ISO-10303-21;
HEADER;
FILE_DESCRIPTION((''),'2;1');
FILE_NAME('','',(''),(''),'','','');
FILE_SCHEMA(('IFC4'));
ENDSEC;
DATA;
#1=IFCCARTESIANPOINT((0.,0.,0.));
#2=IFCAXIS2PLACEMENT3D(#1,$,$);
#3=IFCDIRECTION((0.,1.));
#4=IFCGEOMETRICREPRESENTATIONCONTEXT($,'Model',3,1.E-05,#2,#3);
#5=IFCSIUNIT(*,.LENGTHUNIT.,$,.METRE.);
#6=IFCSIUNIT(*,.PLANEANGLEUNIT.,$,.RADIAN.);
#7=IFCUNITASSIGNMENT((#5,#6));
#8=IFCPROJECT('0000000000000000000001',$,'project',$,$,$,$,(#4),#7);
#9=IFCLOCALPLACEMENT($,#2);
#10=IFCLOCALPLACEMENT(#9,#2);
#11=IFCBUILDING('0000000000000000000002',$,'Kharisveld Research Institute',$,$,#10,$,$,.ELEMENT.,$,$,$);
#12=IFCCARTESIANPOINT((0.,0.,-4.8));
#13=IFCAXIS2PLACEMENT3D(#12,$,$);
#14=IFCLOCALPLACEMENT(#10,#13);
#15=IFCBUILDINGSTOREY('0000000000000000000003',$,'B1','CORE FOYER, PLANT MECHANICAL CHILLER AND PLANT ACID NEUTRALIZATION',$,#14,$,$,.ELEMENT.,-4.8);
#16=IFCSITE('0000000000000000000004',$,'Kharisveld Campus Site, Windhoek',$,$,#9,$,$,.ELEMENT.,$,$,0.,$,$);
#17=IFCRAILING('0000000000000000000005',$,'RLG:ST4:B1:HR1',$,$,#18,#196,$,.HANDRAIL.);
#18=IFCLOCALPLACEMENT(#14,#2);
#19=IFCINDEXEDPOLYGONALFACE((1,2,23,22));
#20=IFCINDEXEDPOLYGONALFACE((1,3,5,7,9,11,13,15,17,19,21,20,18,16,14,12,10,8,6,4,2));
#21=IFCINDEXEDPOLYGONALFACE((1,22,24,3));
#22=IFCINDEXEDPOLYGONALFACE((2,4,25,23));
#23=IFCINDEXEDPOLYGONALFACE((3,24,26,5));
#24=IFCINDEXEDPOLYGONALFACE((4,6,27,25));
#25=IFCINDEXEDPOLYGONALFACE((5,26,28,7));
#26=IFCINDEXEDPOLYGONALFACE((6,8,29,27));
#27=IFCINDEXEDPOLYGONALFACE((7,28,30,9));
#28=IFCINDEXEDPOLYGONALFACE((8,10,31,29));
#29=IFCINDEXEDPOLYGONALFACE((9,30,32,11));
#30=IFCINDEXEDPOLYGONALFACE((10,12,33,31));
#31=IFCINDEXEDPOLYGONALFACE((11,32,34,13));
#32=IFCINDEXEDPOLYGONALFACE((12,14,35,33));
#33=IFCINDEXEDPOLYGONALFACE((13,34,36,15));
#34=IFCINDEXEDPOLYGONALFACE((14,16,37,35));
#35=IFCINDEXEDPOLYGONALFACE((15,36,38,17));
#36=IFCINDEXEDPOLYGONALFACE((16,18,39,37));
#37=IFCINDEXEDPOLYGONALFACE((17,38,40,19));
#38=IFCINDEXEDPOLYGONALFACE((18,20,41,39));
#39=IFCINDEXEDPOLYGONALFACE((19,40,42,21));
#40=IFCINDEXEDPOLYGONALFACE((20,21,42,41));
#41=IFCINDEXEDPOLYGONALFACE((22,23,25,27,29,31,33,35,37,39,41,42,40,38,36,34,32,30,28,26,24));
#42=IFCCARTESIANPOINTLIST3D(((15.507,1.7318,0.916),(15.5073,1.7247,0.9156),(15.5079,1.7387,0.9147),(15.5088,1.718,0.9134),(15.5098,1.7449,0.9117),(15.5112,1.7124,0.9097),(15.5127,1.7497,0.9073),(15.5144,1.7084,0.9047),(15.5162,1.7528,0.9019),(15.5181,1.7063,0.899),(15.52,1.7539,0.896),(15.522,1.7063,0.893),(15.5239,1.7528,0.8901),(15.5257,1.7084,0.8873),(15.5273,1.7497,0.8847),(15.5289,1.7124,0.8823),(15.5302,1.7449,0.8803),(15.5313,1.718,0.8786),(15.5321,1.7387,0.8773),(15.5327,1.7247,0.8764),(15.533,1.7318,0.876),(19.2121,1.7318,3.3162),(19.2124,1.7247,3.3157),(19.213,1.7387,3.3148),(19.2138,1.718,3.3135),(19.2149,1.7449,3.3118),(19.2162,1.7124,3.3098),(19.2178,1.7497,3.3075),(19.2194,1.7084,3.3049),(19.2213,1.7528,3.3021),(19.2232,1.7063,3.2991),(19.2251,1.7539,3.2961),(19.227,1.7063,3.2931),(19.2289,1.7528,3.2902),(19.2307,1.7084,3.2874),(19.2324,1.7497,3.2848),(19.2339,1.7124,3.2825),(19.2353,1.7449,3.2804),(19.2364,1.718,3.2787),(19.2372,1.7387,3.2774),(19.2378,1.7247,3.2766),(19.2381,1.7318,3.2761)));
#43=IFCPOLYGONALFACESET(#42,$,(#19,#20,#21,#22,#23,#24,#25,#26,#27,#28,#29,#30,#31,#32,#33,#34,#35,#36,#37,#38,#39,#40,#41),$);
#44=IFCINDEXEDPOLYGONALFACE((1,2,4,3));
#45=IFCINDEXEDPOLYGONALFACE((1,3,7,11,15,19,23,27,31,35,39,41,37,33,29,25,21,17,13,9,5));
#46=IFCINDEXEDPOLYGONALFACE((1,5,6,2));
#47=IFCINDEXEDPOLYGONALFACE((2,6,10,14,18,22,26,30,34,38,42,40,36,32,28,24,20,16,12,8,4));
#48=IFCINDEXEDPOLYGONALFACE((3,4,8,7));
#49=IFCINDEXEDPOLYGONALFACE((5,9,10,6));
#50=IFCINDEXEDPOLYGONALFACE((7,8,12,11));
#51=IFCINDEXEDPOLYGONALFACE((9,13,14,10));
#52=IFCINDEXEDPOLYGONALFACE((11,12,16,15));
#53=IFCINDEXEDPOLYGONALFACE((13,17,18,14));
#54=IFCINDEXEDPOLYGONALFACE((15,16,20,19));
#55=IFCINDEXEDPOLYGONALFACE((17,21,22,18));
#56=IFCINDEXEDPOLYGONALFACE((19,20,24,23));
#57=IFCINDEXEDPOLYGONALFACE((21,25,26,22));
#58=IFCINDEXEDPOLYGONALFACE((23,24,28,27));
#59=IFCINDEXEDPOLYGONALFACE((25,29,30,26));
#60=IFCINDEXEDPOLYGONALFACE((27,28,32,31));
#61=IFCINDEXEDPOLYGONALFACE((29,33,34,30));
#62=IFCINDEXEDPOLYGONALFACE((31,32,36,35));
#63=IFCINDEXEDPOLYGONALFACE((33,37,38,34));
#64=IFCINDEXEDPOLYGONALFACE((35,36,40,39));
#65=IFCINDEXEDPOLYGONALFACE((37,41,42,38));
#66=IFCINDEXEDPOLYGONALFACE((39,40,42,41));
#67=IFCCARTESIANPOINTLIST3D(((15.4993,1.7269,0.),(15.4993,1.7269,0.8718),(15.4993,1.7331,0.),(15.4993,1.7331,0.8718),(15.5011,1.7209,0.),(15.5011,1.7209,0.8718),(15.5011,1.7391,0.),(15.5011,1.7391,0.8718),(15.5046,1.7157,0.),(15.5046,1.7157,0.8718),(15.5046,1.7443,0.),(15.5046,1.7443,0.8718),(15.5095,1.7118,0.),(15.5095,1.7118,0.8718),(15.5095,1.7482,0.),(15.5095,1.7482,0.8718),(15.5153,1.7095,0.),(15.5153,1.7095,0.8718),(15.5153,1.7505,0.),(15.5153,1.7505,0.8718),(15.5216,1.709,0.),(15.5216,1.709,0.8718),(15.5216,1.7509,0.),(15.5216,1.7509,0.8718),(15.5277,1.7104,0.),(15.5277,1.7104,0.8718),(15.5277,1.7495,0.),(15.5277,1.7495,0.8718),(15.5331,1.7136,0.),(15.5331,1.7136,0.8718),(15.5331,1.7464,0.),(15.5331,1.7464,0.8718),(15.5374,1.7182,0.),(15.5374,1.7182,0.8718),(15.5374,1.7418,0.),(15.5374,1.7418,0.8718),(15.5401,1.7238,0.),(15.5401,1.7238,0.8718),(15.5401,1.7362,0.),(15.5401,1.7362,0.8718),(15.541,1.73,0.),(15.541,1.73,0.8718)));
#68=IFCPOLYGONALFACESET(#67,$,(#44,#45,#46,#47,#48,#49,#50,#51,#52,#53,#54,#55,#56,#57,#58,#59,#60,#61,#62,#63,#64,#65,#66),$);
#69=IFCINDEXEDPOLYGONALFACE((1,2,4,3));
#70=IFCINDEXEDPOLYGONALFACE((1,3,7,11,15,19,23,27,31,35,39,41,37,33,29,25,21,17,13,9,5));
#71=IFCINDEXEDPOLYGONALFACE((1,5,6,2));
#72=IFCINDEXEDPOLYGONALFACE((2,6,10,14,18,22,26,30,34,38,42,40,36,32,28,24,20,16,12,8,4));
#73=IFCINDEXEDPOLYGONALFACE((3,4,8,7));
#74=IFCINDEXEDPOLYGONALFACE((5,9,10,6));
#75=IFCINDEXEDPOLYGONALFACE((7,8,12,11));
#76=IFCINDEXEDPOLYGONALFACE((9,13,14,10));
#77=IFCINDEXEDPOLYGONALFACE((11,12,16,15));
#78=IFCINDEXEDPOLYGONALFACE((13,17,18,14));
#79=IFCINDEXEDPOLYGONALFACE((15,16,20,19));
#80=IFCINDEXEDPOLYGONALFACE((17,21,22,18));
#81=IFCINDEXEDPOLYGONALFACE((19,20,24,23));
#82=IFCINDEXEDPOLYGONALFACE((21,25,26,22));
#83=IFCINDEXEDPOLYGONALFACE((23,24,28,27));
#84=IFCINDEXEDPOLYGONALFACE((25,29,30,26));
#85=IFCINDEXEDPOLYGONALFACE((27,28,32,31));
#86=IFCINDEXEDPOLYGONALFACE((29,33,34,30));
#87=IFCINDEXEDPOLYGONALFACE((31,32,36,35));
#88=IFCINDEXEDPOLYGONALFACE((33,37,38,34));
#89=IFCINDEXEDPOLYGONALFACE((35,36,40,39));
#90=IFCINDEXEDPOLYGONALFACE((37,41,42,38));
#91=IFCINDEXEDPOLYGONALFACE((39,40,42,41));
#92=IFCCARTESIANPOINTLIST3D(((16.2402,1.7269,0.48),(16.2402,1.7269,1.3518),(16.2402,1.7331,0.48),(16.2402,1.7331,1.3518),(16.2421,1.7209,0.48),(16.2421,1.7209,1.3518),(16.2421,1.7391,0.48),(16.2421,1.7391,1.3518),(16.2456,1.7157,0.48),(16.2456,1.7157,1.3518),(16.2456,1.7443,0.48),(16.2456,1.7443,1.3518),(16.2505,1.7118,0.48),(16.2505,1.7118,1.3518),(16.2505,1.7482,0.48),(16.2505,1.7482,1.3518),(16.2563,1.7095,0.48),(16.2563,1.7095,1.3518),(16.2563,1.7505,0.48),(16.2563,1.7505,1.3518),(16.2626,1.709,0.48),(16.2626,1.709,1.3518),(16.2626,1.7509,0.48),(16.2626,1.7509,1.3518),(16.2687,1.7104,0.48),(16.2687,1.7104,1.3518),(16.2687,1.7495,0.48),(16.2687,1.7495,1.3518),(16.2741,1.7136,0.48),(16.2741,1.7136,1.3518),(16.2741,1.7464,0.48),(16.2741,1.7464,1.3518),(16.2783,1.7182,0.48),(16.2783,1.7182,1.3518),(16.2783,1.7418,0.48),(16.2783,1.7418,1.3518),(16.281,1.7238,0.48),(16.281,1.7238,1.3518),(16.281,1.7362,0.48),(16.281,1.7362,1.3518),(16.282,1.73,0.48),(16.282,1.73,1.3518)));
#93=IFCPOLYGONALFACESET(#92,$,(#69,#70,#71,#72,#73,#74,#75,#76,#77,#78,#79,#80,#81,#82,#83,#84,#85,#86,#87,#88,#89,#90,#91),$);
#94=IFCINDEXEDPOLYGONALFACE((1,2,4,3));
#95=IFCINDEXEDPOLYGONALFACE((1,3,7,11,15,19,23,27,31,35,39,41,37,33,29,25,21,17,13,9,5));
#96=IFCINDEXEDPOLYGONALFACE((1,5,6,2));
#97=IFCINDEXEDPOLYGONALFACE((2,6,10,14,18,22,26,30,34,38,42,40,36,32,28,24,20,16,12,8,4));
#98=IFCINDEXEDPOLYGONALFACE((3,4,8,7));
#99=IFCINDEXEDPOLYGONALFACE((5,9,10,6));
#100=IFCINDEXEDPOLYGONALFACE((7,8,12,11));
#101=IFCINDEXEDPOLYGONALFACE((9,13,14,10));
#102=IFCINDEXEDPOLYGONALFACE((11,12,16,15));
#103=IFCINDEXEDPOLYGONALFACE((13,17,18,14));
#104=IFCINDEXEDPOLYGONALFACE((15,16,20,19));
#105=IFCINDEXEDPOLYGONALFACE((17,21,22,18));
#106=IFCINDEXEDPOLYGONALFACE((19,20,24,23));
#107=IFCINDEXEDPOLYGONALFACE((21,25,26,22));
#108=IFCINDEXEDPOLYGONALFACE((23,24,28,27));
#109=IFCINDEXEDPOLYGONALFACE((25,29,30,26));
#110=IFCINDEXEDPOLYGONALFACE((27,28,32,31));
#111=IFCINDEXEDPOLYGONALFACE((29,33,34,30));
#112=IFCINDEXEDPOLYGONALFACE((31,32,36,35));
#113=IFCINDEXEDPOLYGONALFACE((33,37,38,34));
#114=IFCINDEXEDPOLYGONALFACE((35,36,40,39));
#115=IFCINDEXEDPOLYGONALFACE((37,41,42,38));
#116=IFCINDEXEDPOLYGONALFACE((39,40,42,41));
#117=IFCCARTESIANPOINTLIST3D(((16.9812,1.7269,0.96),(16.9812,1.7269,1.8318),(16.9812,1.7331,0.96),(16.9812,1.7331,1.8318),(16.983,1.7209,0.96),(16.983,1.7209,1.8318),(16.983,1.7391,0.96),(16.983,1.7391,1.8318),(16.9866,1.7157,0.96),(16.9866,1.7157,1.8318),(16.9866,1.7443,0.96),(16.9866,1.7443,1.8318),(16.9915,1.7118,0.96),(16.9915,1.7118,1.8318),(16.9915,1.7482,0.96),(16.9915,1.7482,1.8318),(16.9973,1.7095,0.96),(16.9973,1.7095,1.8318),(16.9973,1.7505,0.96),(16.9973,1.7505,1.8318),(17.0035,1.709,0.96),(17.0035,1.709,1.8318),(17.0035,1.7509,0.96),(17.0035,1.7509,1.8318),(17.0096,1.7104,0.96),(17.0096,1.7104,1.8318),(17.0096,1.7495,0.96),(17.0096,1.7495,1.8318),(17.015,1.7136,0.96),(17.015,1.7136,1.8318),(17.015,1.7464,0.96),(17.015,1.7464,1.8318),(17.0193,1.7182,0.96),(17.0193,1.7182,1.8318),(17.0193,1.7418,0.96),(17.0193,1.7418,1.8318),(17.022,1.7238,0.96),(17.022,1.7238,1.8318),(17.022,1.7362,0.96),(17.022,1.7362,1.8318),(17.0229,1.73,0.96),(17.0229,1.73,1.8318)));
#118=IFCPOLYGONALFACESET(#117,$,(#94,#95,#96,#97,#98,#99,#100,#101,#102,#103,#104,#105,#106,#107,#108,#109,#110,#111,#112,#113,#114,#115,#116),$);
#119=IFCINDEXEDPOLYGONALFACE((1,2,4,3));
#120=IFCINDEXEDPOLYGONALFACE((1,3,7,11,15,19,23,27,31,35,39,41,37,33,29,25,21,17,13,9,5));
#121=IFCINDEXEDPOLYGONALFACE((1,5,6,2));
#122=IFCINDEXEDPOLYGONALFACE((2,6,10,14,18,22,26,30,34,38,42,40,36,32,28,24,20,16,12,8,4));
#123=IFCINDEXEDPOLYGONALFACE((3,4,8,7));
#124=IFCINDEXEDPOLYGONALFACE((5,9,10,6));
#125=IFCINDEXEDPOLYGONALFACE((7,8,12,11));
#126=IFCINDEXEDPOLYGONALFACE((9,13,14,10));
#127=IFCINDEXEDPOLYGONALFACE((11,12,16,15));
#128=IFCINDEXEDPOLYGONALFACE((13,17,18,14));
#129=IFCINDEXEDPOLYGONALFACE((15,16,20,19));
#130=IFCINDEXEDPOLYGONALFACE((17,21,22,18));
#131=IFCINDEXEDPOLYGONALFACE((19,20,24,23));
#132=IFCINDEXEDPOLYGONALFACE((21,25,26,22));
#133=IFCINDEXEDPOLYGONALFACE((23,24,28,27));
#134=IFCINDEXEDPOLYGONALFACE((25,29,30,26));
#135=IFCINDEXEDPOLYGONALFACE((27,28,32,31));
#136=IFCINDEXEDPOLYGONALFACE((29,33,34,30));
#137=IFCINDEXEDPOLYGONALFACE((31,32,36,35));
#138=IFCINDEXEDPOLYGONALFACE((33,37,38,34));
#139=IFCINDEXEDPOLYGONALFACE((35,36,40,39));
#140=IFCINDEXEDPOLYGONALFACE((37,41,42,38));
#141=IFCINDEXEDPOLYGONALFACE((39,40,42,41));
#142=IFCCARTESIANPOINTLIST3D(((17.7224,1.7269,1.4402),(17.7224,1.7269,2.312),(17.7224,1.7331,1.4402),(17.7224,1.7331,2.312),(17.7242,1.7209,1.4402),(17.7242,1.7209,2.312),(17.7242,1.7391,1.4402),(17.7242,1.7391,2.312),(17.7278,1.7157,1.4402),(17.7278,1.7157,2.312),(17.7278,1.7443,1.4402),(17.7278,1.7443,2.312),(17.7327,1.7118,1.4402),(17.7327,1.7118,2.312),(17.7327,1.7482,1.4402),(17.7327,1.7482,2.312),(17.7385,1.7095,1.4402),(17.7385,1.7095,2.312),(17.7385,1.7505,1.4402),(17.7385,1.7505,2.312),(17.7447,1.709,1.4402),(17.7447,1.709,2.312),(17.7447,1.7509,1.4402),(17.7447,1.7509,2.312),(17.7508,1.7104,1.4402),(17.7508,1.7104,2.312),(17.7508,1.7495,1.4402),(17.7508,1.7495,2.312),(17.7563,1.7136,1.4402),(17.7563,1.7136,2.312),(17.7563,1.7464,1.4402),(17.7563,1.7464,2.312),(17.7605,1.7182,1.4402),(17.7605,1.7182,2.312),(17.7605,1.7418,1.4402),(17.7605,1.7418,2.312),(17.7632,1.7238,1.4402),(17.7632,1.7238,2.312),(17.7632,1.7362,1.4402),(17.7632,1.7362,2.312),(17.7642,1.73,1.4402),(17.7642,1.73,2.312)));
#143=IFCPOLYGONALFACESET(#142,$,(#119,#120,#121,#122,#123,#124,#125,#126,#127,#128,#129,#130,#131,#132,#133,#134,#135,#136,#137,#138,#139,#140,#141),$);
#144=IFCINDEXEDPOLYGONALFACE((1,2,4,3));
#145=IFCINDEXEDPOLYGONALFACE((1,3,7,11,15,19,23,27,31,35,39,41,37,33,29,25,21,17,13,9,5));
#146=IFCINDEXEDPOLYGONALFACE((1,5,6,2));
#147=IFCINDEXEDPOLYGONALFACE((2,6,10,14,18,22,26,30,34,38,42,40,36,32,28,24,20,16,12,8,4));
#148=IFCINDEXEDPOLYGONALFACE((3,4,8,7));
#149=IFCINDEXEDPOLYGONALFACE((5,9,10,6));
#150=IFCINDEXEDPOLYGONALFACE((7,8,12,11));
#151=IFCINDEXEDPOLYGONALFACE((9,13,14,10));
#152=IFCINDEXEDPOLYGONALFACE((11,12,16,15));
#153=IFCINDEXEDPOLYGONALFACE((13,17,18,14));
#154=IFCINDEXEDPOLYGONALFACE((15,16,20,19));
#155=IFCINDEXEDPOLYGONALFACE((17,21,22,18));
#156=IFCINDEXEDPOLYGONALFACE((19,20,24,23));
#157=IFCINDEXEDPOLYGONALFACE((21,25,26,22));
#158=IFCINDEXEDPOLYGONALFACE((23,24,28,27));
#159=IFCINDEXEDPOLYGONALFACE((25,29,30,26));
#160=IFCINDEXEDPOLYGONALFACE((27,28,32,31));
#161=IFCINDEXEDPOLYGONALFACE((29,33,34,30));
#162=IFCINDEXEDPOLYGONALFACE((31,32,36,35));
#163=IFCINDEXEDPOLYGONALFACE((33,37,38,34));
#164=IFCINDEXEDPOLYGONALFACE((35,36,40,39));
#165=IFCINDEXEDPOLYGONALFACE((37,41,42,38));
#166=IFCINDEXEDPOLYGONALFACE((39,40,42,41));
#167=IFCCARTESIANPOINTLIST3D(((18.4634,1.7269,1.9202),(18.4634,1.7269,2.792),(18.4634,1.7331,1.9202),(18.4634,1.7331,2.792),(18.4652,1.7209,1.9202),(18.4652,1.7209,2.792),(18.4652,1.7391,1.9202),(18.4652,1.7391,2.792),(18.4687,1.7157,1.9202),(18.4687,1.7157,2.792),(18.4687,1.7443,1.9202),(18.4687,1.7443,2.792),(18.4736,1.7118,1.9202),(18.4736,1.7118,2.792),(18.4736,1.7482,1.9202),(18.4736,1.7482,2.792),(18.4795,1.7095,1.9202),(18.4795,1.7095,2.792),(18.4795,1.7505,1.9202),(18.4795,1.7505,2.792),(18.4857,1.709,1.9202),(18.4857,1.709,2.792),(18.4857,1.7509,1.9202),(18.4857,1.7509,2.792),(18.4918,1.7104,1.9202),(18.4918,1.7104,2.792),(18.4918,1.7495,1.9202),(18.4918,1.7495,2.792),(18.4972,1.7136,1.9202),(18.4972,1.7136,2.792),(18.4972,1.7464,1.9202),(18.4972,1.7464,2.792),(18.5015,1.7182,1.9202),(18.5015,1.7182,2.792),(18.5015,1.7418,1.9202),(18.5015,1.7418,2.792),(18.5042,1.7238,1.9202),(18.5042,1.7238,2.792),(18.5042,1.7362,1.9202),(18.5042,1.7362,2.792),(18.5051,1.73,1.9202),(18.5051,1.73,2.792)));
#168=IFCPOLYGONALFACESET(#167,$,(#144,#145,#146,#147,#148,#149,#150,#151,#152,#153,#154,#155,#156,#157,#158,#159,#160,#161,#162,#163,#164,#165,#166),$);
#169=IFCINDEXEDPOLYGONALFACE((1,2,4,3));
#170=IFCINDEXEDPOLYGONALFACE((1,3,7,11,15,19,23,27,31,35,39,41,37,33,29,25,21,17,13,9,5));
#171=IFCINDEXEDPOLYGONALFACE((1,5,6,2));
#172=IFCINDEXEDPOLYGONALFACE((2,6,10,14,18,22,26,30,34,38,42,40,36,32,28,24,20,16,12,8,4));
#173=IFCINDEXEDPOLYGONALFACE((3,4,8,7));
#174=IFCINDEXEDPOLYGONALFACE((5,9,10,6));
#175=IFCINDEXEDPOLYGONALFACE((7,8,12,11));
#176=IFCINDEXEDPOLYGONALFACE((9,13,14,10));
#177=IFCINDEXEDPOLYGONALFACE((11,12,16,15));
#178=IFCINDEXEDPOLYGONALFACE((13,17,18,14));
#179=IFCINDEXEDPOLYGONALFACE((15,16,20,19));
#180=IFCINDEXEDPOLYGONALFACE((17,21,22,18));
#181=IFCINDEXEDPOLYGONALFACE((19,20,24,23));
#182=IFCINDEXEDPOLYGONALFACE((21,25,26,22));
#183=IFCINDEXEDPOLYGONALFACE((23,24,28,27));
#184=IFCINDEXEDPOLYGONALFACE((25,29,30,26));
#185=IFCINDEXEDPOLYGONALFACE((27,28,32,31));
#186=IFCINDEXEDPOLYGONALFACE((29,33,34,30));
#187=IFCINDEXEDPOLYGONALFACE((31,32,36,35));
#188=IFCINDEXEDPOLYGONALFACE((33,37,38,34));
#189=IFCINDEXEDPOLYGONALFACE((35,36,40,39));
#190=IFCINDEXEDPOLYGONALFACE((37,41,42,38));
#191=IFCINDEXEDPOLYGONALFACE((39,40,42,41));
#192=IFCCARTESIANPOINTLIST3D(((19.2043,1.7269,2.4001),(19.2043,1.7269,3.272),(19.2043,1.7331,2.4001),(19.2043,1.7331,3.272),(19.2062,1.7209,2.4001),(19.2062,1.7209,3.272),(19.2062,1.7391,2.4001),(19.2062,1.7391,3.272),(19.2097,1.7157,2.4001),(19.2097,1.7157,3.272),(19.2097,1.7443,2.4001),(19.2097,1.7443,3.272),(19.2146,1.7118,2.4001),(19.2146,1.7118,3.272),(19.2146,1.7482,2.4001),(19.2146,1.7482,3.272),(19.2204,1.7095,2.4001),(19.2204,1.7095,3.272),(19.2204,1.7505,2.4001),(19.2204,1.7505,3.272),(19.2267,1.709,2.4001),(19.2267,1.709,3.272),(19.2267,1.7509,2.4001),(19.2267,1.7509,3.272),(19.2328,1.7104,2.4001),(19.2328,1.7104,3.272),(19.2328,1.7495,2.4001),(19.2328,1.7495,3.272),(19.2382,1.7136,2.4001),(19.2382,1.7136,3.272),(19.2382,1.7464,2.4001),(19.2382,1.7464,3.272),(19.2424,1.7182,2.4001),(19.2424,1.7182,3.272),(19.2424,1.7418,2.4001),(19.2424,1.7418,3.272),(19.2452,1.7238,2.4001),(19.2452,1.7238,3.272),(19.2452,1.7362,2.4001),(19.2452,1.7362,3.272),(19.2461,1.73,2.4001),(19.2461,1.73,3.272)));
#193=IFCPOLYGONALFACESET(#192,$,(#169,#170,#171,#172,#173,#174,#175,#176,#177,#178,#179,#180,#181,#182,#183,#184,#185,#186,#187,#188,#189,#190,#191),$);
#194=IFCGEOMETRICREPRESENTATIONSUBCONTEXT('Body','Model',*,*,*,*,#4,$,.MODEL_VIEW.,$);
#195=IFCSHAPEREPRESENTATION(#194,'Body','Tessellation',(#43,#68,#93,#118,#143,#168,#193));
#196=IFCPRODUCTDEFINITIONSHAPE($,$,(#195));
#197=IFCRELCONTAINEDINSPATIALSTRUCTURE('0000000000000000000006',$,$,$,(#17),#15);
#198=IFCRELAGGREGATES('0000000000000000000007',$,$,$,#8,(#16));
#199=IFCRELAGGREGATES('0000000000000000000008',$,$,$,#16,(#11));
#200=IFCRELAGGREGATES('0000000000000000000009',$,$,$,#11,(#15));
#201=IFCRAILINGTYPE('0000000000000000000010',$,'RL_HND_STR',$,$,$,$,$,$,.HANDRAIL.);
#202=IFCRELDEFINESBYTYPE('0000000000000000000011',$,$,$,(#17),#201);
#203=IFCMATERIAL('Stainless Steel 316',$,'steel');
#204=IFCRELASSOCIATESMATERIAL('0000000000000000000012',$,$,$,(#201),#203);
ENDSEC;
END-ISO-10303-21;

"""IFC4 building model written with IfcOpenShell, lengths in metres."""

from ifc_helpers import new_model, si_unit, direction, frame, origin, origin_2d, place, context, subcontext, project, spatial, circle, extrude, material, type_object, element, save


model = new_model("IFC4")

# Units and contexts
model_context = context("Model", 3, precision=1e-05, world=origin(), true_north=direction((0.0, 1.0)))
body_context = subcontext(model_context, "Body", "Model", "MODEL_VIEW")
ifc_project = project(units=[si_unit("LENGTHUNIT", "METRE"), si_unit("PLANEANGLEUNIT", "RADIAN")], contexts=[model_context])

# Site, building, storey
site_placement = place(None, origin())
site = spatial("IfcSite", under=ifc_project, at=site_placement, Name="Kharisveld Campus Site, Windhoek", CompositionType="ELEMENT", RefElevation=0.0)
building_placement = place(site_placement, origin())
building = spatial("IfcBuilding", under=site, at=building_placement, Name="Kharisveld Research Institute", CompositionType="ELEMENT")
storey_placement = place(building_placement, frame((0.0, 0.0, -4.8)))
storey = spatial("IfcBuildingStorey", under=building, at=storey_placement, Name="B1", Description="CORE FOYER, PLANT MECHANICAL CHILLER AND PLANT ACID NEUTRALIZATION", CompositionType="ELEMENT", Elevation=-4.8)

# Railing
ifc_material_1 = material(Name="Stainless Steel 316", Category="steel")
railing_type_1 = type_object("IfcRailingType", Name="RL_HND_STR", PredefinedType="HANDRAIL", material=ifc_material_1)
railing_1_placement = place(storey_placement, frame((15.52, 1.73, 0.0)))
element("IfcRailing", 1, at=railing_1_placement, inside=storey, type_object=railing_type_1, Name="RLG:ST4:B1:HR1", PredefinedType="HANDRAIL", context=body_context, shape_type="SweptSolid", body=[
    extrude(circle(Radius=0.0239, at=origin_2d()), frame((0.0, 0.0, 0.896), z_axis=(0.839287, 0.0, 0.543689), x_axis=(0.0, 1.0, 0.0)), (0.0, 0.0, 1.0), 4.4146),
    extrude(circle(Radius=0.021, at=origin_2d()), origin(), (0.0, 0.0, 1.0), 0.8718),
    extrude(circle(Radius=0.021, at=origin_2d()), frame((0.741, 0.0, 0.48)), (0.0, 0.0, 1.0), 0.8718),
    extrude(circle(Radius=0.021, at=origin_2d()), frame((1.4819, 0.0, 0.96)), (0.0, 0.0, 1.0), 0.8718),
    extrude(circle(Radius=0.021, at=origin_2d()), frame((2.2231, 0.0, 1.4402)), (0.0, 0.0, 1.0), 0.8718),
    extrude(circle(Radius=0.021, at=origin_2d()), frame((2.9641, 0.0, 1.9202)), (0.0, 0.0, 1.0), 0.8718),
    extrude(circle(Radius=0.021, at=origin_2d()), frame((3.7051, 0.0, 2.4001)), (0.0, 0.0, 1.0), 0.8718),
])

save(model, "model.ifc")
